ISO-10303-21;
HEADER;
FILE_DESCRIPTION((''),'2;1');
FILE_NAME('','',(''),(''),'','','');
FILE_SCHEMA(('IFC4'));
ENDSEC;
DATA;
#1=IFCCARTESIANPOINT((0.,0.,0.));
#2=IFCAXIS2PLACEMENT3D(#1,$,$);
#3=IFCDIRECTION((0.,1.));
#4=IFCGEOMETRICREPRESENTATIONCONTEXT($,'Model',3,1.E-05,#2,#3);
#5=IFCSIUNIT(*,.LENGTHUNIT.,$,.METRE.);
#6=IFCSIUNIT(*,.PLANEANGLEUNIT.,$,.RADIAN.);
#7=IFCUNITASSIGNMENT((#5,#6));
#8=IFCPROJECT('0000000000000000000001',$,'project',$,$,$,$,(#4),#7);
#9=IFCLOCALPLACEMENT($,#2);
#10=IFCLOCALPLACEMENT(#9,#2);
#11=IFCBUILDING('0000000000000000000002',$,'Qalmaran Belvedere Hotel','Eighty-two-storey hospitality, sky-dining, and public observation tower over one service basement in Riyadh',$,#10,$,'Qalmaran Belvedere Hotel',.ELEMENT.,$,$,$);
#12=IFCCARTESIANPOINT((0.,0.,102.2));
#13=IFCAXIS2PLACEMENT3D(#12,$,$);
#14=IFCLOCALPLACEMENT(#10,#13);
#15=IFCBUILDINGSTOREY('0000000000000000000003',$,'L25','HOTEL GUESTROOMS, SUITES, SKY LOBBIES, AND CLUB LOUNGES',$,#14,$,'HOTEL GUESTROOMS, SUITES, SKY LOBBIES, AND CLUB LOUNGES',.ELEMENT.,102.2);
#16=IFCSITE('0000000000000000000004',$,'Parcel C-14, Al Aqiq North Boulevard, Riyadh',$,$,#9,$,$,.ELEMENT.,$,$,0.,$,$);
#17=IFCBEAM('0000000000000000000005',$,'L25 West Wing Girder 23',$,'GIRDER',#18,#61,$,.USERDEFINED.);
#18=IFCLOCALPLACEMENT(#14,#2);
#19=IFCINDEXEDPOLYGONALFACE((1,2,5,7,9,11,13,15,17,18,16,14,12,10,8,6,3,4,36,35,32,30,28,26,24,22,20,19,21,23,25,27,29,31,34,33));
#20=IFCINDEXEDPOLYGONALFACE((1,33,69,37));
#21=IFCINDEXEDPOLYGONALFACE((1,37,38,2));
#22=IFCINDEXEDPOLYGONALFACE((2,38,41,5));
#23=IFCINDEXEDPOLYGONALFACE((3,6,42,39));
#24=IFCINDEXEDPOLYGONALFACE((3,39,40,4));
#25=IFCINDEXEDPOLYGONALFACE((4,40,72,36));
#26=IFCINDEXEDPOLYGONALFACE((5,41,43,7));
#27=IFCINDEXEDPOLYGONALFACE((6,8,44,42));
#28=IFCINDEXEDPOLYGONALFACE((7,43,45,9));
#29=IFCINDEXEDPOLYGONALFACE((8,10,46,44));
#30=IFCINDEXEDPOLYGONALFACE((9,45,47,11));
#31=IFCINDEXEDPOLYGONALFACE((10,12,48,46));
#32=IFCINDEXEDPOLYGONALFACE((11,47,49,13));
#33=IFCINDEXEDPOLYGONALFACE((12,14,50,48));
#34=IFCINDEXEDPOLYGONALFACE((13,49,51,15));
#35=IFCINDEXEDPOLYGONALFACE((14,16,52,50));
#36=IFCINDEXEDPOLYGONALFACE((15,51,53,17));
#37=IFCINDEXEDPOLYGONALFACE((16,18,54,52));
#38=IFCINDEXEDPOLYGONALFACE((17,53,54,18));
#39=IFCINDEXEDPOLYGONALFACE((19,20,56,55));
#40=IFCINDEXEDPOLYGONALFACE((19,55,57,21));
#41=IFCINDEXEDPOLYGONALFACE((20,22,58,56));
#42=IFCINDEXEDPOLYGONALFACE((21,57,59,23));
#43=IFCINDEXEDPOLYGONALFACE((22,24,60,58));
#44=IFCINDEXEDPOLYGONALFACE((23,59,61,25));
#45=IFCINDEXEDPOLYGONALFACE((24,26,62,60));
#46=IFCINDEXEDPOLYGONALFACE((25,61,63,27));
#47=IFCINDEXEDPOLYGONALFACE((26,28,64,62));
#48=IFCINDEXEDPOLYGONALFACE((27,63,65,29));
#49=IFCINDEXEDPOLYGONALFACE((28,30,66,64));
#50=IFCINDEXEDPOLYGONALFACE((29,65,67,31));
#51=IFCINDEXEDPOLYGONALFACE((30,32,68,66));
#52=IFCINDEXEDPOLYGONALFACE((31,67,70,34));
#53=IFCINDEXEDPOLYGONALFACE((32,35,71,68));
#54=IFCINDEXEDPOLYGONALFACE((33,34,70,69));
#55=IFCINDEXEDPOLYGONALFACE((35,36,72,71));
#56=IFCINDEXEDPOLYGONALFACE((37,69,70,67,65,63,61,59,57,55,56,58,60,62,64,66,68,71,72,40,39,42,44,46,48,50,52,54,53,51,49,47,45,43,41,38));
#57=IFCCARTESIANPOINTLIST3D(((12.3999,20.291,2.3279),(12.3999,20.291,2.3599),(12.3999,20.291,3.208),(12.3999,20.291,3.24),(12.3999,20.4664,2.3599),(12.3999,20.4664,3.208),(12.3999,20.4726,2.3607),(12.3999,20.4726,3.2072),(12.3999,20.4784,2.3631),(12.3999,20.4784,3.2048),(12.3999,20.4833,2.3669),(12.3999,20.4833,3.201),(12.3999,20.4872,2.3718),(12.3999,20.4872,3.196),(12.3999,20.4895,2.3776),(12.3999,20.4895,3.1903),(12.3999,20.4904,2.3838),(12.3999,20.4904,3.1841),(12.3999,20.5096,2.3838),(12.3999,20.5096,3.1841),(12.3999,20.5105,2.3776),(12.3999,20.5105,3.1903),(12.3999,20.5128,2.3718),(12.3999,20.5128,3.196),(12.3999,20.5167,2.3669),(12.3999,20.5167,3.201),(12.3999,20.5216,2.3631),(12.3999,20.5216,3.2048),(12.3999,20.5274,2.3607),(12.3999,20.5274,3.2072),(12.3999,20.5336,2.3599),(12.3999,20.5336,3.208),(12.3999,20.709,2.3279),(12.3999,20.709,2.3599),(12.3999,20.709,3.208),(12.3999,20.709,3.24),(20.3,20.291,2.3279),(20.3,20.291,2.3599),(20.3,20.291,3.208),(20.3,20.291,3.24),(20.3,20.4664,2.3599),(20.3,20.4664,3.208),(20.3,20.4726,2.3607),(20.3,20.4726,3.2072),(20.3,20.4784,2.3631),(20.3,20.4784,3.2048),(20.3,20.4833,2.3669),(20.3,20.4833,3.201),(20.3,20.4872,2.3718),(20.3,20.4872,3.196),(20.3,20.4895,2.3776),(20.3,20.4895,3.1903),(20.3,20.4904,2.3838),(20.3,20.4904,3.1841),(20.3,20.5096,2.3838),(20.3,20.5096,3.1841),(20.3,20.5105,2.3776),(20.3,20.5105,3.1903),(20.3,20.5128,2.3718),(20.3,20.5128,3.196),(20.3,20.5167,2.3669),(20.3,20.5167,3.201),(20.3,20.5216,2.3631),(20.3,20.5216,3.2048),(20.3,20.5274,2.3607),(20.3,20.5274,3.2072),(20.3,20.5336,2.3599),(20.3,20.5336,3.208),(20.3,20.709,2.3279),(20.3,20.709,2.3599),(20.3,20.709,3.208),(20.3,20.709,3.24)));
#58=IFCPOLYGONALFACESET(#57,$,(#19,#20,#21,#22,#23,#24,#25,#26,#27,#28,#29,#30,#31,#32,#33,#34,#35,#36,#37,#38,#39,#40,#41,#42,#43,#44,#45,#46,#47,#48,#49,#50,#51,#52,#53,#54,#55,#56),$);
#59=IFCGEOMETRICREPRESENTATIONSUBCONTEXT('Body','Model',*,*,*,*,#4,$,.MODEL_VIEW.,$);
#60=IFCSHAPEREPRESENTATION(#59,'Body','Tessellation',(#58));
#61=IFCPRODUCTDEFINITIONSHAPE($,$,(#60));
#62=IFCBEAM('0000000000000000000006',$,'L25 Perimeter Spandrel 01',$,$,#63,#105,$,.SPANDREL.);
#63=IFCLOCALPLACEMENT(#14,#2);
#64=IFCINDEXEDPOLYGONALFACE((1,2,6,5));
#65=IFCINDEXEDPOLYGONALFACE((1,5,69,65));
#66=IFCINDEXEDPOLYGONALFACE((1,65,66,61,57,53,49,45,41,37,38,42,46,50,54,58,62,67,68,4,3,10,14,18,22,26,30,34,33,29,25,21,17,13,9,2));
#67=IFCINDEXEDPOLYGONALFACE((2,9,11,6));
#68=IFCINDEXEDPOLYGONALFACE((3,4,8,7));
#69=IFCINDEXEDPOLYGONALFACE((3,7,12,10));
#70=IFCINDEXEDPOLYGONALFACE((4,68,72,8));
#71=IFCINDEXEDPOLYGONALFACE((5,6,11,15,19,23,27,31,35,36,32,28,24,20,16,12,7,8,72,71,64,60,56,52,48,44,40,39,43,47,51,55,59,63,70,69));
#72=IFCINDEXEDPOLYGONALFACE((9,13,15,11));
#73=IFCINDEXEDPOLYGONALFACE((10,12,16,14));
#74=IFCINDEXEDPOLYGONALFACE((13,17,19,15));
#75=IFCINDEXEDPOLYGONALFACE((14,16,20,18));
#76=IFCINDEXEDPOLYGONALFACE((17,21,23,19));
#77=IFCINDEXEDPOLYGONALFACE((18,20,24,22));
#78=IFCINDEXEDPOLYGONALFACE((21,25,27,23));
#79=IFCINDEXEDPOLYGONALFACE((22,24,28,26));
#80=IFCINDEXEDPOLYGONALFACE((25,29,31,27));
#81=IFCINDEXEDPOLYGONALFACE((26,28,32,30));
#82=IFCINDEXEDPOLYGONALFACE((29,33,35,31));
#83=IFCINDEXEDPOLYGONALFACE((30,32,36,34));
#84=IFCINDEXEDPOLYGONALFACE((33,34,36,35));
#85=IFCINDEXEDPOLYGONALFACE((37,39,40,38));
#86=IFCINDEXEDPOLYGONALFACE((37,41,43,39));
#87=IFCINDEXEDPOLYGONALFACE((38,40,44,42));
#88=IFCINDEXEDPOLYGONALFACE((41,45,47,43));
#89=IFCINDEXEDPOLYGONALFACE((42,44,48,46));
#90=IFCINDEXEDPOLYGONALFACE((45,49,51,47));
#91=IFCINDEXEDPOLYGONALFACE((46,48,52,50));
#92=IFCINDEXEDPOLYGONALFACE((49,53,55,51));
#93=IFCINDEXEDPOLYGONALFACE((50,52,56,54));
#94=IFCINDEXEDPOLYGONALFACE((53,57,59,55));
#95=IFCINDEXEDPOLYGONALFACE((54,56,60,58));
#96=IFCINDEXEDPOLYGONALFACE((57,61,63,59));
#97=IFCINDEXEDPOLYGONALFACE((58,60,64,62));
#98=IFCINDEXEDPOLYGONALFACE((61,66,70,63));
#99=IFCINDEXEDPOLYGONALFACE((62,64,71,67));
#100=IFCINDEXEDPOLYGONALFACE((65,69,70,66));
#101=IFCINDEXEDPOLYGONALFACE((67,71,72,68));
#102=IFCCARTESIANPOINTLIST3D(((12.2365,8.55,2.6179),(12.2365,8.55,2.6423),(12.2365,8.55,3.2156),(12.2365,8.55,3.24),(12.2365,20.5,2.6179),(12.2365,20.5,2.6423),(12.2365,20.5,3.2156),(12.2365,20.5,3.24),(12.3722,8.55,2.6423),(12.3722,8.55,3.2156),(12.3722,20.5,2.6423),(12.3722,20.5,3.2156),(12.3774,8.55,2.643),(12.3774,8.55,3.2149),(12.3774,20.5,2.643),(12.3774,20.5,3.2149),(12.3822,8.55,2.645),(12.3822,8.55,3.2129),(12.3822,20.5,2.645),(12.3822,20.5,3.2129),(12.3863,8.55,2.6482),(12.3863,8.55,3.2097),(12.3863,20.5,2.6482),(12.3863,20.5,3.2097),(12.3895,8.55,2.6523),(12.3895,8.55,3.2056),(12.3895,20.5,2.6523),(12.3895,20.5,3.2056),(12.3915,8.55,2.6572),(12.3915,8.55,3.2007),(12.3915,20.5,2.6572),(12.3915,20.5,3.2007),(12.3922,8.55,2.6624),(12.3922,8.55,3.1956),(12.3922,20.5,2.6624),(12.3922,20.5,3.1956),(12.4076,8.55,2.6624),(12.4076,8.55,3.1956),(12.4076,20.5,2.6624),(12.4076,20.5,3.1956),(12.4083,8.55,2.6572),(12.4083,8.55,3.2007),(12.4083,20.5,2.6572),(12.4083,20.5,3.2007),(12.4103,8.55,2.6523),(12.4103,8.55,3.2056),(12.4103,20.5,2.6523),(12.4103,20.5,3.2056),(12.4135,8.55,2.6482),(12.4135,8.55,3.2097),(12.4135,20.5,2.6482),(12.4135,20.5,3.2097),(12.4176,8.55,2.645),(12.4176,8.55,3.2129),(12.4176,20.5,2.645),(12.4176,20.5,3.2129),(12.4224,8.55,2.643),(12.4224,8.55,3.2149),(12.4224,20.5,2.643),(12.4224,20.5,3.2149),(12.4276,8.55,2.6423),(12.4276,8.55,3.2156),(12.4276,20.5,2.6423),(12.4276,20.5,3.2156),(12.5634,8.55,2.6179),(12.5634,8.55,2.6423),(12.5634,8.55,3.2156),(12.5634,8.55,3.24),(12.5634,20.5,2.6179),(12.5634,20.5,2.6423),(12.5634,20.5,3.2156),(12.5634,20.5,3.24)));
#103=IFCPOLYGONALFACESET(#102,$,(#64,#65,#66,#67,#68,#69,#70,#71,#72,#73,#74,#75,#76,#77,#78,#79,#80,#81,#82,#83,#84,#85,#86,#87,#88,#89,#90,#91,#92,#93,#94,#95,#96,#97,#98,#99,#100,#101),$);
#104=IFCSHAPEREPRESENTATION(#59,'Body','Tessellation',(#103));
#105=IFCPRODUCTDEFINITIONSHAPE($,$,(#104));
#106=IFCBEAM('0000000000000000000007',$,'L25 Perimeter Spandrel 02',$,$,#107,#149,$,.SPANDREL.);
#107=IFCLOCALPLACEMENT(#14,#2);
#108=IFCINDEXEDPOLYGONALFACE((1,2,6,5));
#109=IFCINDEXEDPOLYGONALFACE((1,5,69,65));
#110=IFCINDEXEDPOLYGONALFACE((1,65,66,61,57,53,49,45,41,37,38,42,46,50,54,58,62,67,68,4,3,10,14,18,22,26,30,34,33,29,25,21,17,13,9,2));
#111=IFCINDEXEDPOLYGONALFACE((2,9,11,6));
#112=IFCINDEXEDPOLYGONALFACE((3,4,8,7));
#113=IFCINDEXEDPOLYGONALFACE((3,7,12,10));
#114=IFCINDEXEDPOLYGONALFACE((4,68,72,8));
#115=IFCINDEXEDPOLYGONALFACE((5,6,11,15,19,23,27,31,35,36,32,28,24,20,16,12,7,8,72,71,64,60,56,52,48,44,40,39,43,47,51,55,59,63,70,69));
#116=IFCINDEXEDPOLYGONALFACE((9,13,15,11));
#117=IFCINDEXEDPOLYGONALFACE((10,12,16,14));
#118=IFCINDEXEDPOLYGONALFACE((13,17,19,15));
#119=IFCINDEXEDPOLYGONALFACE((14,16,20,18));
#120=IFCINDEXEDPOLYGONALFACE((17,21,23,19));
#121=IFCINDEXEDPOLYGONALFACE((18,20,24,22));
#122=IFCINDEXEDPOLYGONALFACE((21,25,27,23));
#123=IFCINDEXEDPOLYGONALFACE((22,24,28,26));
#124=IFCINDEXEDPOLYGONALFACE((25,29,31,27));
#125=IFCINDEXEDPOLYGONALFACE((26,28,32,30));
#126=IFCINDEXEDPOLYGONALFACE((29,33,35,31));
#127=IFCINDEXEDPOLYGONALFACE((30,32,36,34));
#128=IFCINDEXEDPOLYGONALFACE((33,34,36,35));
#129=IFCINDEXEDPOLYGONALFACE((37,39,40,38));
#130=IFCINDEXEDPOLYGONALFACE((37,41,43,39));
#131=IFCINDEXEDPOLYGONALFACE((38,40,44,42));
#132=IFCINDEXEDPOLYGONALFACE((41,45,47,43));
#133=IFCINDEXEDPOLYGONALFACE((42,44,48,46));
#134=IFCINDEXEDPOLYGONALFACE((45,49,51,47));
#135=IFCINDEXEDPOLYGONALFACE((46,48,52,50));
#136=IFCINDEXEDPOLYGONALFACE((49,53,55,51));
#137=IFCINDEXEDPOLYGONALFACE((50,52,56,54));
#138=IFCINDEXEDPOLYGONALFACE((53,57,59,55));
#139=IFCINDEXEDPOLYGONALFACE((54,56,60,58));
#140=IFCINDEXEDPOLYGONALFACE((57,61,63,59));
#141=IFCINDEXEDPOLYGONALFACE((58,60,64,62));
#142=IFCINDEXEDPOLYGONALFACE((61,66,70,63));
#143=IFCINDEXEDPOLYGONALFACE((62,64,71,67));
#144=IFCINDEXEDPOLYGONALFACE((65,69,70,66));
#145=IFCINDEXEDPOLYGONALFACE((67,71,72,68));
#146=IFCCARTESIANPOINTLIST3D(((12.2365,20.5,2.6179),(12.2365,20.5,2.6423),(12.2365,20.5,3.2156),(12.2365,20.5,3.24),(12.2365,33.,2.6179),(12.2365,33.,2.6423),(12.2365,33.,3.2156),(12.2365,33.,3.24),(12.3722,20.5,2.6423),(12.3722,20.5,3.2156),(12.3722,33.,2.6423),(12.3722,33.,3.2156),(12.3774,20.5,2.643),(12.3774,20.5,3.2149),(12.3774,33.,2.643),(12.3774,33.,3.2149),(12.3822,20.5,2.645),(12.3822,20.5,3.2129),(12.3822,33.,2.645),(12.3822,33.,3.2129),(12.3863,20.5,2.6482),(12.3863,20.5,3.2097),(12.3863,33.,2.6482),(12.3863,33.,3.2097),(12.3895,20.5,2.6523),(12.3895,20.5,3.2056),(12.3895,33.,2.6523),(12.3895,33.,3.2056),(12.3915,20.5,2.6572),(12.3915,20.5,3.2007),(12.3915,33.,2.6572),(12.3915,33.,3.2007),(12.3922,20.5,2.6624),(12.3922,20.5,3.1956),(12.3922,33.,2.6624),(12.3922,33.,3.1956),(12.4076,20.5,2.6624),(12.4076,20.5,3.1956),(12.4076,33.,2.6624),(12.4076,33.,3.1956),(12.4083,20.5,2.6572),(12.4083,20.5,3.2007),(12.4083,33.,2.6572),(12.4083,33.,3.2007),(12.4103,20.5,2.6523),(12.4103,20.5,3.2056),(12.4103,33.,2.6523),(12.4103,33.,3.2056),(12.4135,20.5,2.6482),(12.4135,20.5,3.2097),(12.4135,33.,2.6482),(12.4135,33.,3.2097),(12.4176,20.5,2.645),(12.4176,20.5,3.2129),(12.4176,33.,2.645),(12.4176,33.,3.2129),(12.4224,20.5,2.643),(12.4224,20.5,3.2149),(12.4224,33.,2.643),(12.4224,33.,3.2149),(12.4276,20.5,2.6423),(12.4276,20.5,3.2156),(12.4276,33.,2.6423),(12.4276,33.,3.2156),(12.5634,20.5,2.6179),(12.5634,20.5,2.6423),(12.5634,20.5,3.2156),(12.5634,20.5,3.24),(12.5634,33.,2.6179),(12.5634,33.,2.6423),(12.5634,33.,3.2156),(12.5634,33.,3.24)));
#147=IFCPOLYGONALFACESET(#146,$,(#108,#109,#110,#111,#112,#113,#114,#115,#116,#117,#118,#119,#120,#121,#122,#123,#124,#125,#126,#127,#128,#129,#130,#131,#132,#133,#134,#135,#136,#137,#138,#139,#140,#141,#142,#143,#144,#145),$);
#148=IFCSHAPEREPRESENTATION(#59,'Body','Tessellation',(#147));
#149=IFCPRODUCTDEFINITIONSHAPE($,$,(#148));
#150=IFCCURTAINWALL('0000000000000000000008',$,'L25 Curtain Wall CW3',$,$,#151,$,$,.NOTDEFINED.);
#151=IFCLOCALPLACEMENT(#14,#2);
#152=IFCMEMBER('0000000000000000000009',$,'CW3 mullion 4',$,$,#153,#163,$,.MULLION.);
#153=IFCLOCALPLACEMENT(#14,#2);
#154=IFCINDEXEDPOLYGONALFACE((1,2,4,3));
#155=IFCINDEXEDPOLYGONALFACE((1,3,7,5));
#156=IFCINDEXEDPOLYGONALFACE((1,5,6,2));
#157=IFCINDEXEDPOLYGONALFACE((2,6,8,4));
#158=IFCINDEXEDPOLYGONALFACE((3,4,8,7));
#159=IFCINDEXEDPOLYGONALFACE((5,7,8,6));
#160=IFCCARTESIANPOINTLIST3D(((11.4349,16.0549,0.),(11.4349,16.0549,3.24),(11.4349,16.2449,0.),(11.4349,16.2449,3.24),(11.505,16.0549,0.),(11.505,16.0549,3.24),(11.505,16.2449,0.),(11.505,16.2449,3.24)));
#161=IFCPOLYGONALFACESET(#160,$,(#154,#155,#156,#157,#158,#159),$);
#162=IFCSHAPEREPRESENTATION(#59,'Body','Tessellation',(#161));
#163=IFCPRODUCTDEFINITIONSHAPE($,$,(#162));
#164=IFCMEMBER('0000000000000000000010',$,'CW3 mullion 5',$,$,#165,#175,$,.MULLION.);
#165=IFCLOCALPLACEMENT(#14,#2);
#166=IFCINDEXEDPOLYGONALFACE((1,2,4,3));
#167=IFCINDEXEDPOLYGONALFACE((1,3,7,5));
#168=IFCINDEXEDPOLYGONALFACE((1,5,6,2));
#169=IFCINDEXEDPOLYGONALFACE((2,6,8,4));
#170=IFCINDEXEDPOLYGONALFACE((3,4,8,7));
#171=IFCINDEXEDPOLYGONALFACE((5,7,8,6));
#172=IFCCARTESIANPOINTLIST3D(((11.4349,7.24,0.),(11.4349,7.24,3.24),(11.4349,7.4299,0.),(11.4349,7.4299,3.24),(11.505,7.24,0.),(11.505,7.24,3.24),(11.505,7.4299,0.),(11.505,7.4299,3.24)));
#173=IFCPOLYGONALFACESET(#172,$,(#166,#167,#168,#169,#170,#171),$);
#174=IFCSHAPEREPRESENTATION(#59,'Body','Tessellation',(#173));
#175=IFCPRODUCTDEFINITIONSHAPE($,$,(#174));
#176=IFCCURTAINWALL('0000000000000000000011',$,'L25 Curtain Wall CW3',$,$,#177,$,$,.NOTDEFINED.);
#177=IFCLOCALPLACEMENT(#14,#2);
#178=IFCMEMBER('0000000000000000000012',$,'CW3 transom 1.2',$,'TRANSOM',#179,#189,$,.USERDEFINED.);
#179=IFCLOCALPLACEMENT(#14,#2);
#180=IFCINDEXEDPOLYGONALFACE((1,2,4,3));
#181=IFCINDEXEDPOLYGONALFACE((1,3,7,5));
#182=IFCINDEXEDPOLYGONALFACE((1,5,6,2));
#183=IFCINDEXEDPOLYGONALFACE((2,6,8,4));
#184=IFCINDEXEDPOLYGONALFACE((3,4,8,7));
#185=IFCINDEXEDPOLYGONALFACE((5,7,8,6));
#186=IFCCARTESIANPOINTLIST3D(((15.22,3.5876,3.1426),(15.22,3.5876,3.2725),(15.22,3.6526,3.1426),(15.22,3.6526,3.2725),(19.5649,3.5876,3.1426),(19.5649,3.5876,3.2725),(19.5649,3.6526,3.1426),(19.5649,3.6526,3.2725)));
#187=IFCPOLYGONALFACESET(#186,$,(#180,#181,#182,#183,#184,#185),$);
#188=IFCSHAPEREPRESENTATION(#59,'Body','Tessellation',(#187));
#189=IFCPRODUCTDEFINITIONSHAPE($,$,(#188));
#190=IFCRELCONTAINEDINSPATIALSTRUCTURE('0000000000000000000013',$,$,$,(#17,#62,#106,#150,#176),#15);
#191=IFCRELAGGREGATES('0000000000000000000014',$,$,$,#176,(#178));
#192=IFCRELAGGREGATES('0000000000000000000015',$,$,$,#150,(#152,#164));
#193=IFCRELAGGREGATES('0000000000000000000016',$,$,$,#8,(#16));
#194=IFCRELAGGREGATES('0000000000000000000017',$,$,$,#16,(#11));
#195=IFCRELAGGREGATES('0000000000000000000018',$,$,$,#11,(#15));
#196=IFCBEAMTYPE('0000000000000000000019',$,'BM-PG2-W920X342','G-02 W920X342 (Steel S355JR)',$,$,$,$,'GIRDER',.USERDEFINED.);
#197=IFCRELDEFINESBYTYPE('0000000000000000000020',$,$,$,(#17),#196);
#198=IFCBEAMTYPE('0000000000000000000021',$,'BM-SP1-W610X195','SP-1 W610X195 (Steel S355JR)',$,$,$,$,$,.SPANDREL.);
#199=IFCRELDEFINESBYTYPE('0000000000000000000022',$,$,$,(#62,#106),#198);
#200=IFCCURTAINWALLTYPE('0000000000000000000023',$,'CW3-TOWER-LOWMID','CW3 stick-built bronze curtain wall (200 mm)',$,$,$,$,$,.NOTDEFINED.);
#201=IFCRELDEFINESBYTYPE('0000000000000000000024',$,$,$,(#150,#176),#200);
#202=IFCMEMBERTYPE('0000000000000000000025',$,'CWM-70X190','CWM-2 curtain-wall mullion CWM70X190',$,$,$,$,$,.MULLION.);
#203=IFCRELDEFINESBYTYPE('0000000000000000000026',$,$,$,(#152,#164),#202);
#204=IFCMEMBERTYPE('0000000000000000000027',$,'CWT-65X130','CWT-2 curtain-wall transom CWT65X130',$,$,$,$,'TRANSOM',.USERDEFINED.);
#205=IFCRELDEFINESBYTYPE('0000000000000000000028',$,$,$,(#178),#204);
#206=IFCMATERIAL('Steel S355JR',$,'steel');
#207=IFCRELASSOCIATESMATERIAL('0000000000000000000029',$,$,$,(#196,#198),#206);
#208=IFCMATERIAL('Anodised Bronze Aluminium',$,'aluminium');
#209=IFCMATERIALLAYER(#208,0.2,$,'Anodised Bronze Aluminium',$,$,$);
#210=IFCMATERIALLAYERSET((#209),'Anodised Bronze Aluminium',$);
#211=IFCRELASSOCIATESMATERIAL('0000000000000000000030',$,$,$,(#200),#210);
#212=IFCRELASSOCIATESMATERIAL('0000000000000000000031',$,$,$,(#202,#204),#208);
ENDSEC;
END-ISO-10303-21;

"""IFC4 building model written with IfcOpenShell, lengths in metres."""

from ifc_helpers import new_model, si_unit, direction, frame, origin, origin_2d, place, context, subcontext, project, spatial, rectangle, i_section, extrude, material, layer, layer_set, material_profile, profile_set, type_object, element, aggregate, save


model = new_model("IFC4")

# Units and contexts
model_context = context("Model", 3, precision=1e-05, world=origin(), true_north=direction((0.0, 1.0)))
body_context = subcontext(model_context, "Body", "Model", "MODEL_VIEW")
ifc_project = project(units=[si_unit("LENGTHUNIT", "METRE"), si_unit("PLANEANGLEUNIT", "RADIAN")], contexts=[model_context])

# Site, building, storey
site_placement = place(None, origin())
site = spatial("IfcSite", under=ifc_project, at=site_placement, Name="Parcel C-14, Al Aqiq North Boulevard, Riyadh", CompositionType="ELEMENT", RefElevation=0.0)
building_placement = place(site_placement, origin())
building = spatial("IfcBuilding", under=site, at=building_placement, Name="Qalmaran Belvedere Hotel", Description="Eighty-two-storey hospitality, sky-dining, and public observation tower over one service basement in Riyadh", LongName="Qalmaran Belvedere Hotel", CompositionType="ELEMENT")
storey_placement = place(building_placement, frame((0.0, 0.0, 102.2)))
storey = spatial("IfcBuildingStorey", under=building, at=storey_placement, Name="L25", Description="HOTEL GUESTROOMS, SUITES, SKY LOBBIES, AND CLUB LOUNGES", LongName="HOTEL GUESTROOMS, SUITES, SKY LOBBIES, AND CLUB LOUNGES", CompositionType="ELEMENT", Elevation=102.2)

# Beams
ifc_material_1 = material(Name="Steel S355JR", Category="steel")
ifc_material_profile_1 = material_profile(ifc_material_1, i_section(OverallWidth=0.418, OverallDepth=0.9121, WebThickness=0.0193, FlangeThickness=0.032, FilletRadius=0.0239, at=origin_2d()), Name="W920X342")
ifc_profile_set_1 = profile_set([ifc_material_profile_1], Name="Steel S355JR")
beam_type_1 = type_object("IfcBeamType", Name="BM-PG2-W920X342", Description="G-02 W920X342 (Steel S355JR)", ElementType="GIRDER", PredefinedType="USERDEFINED", material=ifc_profile_set_1)
for number, where, z_axis, x_axis, name in (
    (1, (12.3999, 20.5, 2.7839), (1.0, 0.0, 0.0), (0.0, 1.0, 0.0), "L25 West Wing Girder 23"),
):
    element("IfcBeam", number, at=place(storey_placement, frame(where, z_axis=z_axis, x_axis=x_axis)), inside=storey, type_object=beam_type_1, Name=name, ObjectType="GIRDER", PredefinedType="USERDEFINED", context=body_context, shape_type="SweptSolid", body=[
        extrude(i_section(OverallWidth=0.418, OverallDepth=0.9121, WebThickness=0.0193, FlangeThickness=0.032, FilletRadius=0.0239, at=origin_2d()), origin(), (0.0, 0.0, 1.0), 7.9001),
    ])
ifc_material_profile_2 = material_profile(ifc_material_1, i_section(OverallWidth=0.3269, OverallDepth=0.6221, WebThickness=0.0154, FlangeThickness=0.0244, FilletRadius=0.02, at=origin_2d()), Name="W610X195")
ifc_profile_set_2 = profile_set([ifc_material_profile_2], Name="Steel S355JR")
beam_type_2 = type_object("IfcBeamType", Name="BM-SP1-W610X195", Description="SP-1 W610X195 (Steel S355JR)", PredefinedType="SPANDREL", material=ifc_profile_set_2)
beam_1_placement = place(storey_placement, frame((12.3999, 8.55, 2.929), z_axis=(0.0, 1.0, 0.0), x_axis=(-1.0, 0.0, 0.0)))
element("IfcBeam", 2, at=beam_1_placement, inside=storey, type_object=beam_type_2, Name="L25 Perimeter Spandrel 01", PredefinedType="SPANDREL", context=body_context, shape_type="SweptSolid", body=[
    extrude(i_section(OverallWidth=0.3269, OverallDepth=0.6221, WebThickness=0.0154, FlangeThickness=0.0244, FilletRadius=0.02, at=origin_2d()), origin(), (0.0, 0.0, 1.0), 11.95),
])
beam_2_placement = place(storey_placement, frame((12.3999, 20.5, 2.929), z_axis=(0.0, 1.0, 0.0), x_axis=(-1.0, 0.0, 0.0)))
element("IfcBeam", 3, at=beam_2_placement, inside=storey, type_object=beam_type_2, Name="L25 Perimeter Spandrel 02", PredefinedType="SPANDREL", context=body_context, shape_type="SweptSolid", body=[
    extrude(i_section(OverallWidth=0.3269, OverallDepth=0.6221, WebThickness=0.0154, FlangeThickness=0.0244, FilletRadius=0.02, at=origin_2d()), origin(), (0.0, 0.0, 1.0), 12.5),
])

# Curtain wall, members
ifc_material_2 = material(Name="Anodised Bronze Aluminium", Category="aluminium")
ifc_layer_1 = layer(ifc_material_2, 0.2, Name="Anodised Bronze Aluminium")
ifc_layer_set_1 = layer_set([ifc_layer_1], Name="Anodised Bronze Aluminium")
curtain_wall_type = type_object("IfcCurtainWallType", Name="CW3-TOWER-LOWMID", Description="CW3 stick-built bronze curtain wall (200 mm)", PredefinedType="NOTDEFINED", material=ifc_layer_set_1)
curtain_wall_1_placement = place(storey_placement, origin())
curtain_wall_1 = element("IfcCurtainWall", 4, at=curtain_wall_1_placement, inside=storey, type_object=curtain_wall_type, Name="L25 Curtain Wall CW3", PredefinedType="NOTDEFINED")
ifc_material_profile_3 = material_profile(ifc_material_2, rectangle(XDim=0.0701, YDim=0.1899, at=origin_2d()), Name="CWM70X190")
ifc_profile_set_3 = profile_set([ifc_material_profile_3], Name="Anodised Bronze Aluminium")
member_type_1 = type_object("IfcMemberType", Name="CWM-70X190", Description="CWM-2 curtain-wall mullion CWM70X190", PredefinedType="MULLION", material=ifc_profile_set_3)
member_1_placement = place(storey_placement, frame((11.47, 16.1499, 0.0), z_axis=(0.0, 0.0, 1.0), x_axis=(1.0, 0.0, 0.0)))
member_1 = element("IfcMember", 5, at=member_1_placement, type_object=member_type_1, Name="CW3 mullion 4", PredefinedType="MULLION", context=body_context, shape_type="SweptSolid", body=[
    extrude(rectangle(XDim=0.0701, YDim=0.1899, at=origin_2d()), origin(), (0.0, 0.0, 1.0), 3.24),
])
member_2_placement = place(storey_placement, frame((11.47, 7.335, 0.0), z_axis=(0.0, 0.0, 1.0), x_axis=(1.0, 0.0, 0.0)))
member_2 = element("IfcMember", 6, at=member_2_placement, type_object=member_type_1, Name="CW3 mullion 5", PredefinedType="MULLION", context=body_context, shape_type="SweptSolid", body=[
    extrude(rectangle(XDim=0.0701, YDim=0.1899, at=origin_2d()), origin(), (0.0, 0.0, 1.0), 3.24),
])

# Curtain wall, member
curtain_wall_2_placement = place(storey_placement, origin())
curtain_wall_2 = element("IfcCurtainWall", 7, at=curtain_wall_2_placement, inside=storey, type_object=curtain_wall_type, Name="L25 Curtain Wall CW3", PredefinedType="NOTDEFINED")
ifc_material_profile_4 = material_profile(ifc_material_2, rectangle(XDim=0.0649, YDim=0.1299, at=origin_2d()), Name="CWT65X130")
ifc_profile_set_4 = profile_set([ifc_material_profile_4], Name="Anodised Bronze Aluminium")
member_type_2 = type_object("IfcMemberType", Name="CWT-65X130", Description="CWT-2 curtain-wall transom CWT65X130", ElementType="TRANSOM", PredefinedType="USERDEFINED", material=ifc_profile_set_4)
member_3_placement = place(storey_placement, frame((15.22, 3.6201, 3.2075), z_axis=(1.0, 0.0, 0.0), x_axis=(0.0, 1.0, 0.0)))
member_3 = element("IfcMember", 8, at=member_3_placement, type_object=member_type_2, Name="CW3 transom 1.2", ObjectType="TRANSOM", PredefinedType="USERDEFINED", context=body_context, shape_type="SweptSolid", body=[
    extrude(rectangle(XDim=0.0649, YDim=0.1299, at=origin_2d()), origin(), (0.0, 0.0, 1.0), 4.345),
])
aggregate(curtain_wall_2, [member_3])

aggregate(curtain_wall_1, [member_1, member_2])

save(model, "model.ifc")
